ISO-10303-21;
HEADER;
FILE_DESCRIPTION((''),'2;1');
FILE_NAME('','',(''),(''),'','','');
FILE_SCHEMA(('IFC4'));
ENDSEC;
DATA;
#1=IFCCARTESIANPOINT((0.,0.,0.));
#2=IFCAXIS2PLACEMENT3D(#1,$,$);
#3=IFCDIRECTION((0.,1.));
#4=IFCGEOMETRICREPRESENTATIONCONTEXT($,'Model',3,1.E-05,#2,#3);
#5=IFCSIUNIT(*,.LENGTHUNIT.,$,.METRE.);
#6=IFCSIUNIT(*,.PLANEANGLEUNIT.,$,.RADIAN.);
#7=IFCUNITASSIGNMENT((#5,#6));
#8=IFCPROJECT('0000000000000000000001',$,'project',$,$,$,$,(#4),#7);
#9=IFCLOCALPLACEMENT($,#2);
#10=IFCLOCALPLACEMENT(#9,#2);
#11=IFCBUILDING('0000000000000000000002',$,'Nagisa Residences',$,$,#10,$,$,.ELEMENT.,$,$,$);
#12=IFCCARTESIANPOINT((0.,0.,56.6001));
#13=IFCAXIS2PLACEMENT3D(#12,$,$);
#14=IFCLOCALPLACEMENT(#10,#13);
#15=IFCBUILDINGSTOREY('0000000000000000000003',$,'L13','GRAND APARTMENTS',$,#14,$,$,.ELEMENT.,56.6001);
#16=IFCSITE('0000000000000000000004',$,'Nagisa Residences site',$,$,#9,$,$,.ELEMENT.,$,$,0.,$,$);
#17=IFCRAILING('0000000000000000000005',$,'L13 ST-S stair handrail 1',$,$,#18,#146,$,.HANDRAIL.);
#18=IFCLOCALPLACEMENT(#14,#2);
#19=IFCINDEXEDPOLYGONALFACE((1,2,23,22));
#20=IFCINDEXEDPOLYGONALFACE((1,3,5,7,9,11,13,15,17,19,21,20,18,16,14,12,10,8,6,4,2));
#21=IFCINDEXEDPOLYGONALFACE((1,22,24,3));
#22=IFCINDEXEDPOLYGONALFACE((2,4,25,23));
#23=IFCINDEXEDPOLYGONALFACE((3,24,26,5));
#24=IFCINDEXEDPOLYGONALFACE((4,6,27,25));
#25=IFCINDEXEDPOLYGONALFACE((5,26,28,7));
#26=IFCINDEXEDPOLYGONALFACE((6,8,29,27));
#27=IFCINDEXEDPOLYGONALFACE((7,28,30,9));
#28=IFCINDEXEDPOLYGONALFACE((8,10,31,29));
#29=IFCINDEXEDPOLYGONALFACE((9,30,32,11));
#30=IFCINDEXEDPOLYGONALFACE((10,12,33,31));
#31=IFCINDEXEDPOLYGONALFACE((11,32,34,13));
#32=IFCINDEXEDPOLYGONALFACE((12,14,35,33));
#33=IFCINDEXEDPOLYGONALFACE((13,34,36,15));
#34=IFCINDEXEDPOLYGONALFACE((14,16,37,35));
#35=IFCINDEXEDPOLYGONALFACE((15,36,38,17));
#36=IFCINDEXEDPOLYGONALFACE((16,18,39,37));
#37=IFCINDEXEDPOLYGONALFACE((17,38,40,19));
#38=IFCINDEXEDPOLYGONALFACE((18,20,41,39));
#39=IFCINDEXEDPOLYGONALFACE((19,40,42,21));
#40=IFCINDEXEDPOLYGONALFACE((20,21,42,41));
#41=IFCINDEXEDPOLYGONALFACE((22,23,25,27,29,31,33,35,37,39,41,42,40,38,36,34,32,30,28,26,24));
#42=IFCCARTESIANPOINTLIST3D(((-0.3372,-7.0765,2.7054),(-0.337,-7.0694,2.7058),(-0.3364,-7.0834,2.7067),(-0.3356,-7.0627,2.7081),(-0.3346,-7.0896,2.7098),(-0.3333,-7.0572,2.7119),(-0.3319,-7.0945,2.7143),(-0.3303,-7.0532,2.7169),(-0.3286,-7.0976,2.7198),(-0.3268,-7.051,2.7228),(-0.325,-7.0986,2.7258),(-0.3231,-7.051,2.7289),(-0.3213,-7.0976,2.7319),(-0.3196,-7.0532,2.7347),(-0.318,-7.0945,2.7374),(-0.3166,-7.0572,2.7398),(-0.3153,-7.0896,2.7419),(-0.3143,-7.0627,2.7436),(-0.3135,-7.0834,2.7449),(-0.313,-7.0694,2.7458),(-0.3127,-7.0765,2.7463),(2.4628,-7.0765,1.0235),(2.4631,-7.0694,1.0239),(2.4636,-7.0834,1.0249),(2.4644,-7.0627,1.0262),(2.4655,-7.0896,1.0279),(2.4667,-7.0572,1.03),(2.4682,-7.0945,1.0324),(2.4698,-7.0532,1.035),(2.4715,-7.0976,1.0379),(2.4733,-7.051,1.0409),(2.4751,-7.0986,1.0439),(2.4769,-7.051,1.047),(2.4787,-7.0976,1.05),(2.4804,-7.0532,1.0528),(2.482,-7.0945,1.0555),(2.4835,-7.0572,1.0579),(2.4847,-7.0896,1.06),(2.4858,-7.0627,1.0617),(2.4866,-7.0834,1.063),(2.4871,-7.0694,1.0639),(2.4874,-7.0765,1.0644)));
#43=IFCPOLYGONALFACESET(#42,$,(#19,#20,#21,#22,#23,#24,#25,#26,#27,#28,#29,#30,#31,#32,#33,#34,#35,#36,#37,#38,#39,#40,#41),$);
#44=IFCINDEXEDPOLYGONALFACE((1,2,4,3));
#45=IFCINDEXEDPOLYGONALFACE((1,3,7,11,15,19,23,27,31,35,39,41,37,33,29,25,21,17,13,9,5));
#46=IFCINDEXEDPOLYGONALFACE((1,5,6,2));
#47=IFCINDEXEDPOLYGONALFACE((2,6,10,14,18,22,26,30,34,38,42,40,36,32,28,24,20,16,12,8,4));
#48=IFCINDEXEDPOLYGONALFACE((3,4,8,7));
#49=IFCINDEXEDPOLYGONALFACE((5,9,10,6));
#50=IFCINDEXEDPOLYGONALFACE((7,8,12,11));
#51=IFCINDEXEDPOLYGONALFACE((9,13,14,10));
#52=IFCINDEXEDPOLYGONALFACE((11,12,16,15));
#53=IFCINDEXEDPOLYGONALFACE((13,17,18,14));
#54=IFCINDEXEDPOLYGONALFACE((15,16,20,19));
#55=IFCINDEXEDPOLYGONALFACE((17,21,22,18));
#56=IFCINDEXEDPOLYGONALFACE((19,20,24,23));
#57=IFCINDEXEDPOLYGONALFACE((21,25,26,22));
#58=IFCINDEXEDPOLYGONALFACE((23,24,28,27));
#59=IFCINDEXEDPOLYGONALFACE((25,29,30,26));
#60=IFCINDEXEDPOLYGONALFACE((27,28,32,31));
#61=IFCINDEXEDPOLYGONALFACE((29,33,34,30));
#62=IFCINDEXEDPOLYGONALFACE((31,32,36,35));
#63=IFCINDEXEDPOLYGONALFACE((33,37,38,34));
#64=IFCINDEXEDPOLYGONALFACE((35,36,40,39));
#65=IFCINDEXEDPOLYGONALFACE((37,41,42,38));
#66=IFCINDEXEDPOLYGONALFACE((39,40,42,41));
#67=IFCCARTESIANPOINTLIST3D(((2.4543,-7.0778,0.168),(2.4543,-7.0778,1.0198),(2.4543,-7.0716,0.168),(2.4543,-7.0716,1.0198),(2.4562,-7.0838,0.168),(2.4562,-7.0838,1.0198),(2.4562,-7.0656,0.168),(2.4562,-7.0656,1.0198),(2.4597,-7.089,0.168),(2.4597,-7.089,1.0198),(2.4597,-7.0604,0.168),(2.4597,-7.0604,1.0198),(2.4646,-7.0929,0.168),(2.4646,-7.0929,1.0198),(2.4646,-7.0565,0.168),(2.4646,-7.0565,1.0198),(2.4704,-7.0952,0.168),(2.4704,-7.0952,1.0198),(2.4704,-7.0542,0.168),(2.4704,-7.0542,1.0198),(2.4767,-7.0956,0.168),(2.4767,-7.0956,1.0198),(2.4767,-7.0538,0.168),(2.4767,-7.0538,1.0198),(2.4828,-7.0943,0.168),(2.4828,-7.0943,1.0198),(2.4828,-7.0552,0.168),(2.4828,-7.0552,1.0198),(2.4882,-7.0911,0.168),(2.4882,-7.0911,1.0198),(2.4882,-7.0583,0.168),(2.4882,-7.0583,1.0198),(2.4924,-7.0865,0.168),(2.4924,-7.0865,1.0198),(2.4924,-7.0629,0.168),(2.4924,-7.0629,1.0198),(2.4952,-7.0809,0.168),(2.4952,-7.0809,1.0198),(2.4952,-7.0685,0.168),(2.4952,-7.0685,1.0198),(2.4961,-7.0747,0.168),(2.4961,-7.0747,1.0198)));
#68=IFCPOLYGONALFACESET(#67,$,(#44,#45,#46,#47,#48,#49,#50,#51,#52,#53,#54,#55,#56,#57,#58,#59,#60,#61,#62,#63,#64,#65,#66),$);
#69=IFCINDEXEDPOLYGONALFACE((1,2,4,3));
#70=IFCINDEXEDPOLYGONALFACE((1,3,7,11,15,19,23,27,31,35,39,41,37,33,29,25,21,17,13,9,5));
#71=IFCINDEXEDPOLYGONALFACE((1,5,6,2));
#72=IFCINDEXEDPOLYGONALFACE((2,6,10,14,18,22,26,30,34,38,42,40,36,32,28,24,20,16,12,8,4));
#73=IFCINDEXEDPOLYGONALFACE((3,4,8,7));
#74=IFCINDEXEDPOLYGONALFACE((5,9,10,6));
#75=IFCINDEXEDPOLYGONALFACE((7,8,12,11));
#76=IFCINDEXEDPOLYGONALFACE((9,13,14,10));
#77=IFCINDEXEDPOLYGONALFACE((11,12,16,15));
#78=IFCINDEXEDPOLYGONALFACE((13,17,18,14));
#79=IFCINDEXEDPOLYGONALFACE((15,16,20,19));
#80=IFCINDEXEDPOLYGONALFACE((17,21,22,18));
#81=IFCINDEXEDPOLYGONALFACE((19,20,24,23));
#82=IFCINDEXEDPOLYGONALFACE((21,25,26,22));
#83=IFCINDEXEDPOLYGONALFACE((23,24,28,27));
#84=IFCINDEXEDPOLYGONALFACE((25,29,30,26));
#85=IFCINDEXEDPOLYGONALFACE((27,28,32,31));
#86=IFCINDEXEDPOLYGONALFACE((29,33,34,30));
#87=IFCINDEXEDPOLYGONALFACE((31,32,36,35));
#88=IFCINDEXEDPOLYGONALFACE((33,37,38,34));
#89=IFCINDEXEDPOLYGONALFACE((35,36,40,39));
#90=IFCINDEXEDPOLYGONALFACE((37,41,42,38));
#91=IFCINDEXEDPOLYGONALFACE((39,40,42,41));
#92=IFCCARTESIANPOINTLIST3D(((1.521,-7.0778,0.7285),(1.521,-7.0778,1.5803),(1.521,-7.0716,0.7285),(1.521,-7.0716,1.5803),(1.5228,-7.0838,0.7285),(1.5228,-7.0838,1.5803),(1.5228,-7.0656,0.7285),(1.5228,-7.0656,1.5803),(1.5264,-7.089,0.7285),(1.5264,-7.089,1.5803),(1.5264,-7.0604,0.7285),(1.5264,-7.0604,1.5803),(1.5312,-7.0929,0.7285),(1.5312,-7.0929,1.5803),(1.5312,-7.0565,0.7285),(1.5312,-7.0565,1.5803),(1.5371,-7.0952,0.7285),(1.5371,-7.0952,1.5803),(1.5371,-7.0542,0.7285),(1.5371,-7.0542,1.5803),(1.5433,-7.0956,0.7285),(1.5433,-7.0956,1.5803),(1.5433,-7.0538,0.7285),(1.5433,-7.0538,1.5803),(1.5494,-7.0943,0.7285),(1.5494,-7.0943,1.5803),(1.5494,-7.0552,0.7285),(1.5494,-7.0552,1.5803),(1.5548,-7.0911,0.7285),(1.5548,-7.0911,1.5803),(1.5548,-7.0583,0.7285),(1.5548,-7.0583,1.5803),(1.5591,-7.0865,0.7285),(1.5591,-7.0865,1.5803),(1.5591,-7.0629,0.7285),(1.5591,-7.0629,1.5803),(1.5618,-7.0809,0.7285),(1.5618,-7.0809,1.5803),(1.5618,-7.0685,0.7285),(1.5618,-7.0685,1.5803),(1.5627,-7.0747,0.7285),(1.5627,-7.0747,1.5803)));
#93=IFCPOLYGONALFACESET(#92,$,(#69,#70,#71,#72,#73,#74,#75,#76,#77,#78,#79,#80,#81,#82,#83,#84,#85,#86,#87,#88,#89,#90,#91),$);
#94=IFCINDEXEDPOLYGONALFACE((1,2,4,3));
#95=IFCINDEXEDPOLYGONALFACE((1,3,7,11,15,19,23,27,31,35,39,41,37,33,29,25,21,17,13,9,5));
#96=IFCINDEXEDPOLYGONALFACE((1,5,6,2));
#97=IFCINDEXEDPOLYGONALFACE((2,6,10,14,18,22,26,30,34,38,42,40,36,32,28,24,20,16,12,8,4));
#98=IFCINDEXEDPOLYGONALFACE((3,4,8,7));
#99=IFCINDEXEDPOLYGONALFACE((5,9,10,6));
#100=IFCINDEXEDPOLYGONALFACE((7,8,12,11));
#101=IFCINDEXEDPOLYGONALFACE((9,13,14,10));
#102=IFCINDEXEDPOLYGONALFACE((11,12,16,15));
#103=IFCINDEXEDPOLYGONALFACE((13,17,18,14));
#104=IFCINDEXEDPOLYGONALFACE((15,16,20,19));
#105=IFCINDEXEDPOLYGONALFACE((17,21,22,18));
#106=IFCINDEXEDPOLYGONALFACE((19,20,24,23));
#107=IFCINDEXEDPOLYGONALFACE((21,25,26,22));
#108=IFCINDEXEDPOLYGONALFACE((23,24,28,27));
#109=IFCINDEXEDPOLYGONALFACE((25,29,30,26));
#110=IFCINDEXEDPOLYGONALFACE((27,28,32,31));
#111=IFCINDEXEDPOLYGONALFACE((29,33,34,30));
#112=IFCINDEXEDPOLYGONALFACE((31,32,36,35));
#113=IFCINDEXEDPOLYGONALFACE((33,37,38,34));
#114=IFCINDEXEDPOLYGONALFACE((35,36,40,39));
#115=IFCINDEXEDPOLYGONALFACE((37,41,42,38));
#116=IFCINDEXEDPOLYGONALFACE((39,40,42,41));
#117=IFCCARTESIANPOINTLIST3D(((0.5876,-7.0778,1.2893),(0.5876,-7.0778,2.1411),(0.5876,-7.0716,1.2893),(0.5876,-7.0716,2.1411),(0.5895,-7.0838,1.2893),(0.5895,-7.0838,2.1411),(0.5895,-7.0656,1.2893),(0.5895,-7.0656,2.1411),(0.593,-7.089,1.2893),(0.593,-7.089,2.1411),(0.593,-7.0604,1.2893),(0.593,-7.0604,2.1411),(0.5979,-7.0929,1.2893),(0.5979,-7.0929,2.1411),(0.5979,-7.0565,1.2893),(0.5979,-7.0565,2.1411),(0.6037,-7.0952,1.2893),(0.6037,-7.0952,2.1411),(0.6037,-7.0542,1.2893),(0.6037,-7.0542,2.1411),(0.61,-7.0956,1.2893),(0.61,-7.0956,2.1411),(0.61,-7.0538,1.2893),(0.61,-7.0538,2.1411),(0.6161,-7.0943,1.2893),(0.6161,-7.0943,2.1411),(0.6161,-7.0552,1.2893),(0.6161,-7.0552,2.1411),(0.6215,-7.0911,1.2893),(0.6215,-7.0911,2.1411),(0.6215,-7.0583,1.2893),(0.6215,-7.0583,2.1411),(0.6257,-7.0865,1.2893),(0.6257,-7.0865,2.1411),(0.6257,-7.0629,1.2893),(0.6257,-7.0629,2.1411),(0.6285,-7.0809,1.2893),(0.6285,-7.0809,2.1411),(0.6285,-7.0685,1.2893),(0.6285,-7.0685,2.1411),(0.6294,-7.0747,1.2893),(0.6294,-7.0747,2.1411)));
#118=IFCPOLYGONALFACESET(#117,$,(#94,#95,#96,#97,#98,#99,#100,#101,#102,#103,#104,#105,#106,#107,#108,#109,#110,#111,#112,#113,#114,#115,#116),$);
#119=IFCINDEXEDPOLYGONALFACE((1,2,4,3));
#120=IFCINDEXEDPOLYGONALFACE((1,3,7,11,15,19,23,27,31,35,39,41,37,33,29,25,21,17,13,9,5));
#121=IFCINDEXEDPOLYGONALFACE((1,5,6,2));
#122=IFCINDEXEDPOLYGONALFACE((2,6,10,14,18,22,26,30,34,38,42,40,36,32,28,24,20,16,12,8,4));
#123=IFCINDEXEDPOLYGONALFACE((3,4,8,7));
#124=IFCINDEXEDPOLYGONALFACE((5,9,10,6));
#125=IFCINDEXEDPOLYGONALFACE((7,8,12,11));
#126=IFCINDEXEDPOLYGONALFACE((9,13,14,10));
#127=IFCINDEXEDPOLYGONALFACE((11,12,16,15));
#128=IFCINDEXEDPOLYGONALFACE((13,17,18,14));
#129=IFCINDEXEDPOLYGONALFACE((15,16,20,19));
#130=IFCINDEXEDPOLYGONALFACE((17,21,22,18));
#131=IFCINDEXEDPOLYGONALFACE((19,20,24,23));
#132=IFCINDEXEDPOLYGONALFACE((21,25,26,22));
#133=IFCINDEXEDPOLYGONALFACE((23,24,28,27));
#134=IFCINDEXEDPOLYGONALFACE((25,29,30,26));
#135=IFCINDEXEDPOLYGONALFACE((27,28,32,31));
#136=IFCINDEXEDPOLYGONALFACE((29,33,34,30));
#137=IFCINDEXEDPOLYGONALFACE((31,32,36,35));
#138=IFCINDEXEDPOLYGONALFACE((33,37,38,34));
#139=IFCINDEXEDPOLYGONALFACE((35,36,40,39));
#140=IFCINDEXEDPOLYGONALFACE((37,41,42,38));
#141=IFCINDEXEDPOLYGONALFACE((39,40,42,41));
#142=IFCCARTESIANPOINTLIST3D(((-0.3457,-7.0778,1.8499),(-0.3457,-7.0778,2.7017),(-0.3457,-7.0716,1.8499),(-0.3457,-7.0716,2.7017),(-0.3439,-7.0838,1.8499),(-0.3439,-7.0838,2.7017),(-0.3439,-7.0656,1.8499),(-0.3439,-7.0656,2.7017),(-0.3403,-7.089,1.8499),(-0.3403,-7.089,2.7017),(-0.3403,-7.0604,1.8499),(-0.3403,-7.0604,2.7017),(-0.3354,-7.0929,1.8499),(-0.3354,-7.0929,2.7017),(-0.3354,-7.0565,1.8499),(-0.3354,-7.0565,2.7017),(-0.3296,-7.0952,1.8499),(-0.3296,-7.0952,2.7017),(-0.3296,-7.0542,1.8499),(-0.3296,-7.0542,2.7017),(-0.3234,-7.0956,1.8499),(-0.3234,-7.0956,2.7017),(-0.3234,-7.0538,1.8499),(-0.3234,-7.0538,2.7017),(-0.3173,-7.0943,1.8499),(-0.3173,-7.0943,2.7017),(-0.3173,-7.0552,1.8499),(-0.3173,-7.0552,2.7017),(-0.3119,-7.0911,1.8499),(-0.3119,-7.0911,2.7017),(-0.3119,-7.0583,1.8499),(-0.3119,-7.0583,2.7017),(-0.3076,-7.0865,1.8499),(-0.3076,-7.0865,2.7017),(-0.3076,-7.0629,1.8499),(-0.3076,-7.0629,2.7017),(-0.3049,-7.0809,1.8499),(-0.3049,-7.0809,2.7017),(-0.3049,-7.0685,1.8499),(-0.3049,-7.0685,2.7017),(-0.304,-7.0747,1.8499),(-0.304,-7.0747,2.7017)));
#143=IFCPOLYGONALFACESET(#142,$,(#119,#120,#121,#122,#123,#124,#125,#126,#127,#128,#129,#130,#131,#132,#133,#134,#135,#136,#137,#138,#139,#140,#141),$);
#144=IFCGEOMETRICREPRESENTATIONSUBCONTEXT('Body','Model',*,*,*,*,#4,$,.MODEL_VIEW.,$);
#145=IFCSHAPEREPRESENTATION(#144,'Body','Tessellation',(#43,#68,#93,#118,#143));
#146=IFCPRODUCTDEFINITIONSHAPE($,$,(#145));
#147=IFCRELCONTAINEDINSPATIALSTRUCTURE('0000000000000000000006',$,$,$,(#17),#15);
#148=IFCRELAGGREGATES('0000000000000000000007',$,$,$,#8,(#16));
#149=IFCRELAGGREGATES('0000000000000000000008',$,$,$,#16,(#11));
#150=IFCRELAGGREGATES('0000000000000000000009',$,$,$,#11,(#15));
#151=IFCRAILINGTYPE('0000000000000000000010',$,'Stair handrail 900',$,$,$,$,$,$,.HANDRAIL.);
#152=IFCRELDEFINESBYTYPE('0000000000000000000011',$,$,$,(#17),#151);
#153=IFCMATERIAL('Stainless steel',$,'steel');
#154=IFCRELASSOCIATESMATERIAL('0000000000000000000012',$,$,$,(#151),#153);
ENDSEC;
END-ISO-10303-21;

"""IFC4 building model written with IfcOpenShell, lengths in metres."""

from ifc_helpers import new_model, si_unit, direction, frame, origin, origin_2d, place, context, subcontext, project, spatial, circle, extrude, material, type_object, element, save


model = new_model("IFC4")

# Units and contexts
model_context = context("Model", 3, precision=1e-05, world=origin(), true_north=direction((0.0, 1.0)))
body_context = subcontext(model_context, "Body", "Model", "MODEL_VIEW")
ifc_project = project(units=[si_unit("LENGTHUNIT", "METRE"), si_unit("PLANEANGLEUNIT", "RADIAN")], contexts=[model_context])

# Site, building, storey
site_placement = place(None, origin())
site = spatial("IfcSite", under=ifc_project, at=site_placement, Name="Nagisa Residences site", CompositionType="ELEMENT", RefElevation=0.0)
building_placement = place(site_placement, origin())
building = spatial("IfcBuilding", under=site, at=building_placement, Name="Nagisa Residences", CompositionType="ELEMENT")
storey_placement = place(building_placement, frame((0.0, 0.0, 56.6001)))
storey = spatial("IfcBuildingStorey", under=building, at=storey_placement, Name="L13", Description="GRAND APARTMENTS", CompositionType="ELEMENT", Elevation=56.6001)

# Railing
ifc_material_1 = material(Name="Stainless steel", Category="steel")
railing_type_1 = type_object("IfcRailingType", Name="Stair handrail 900", PredefinedType="HANDRAIL", material=ifc_material_1)
railing_1_placement = place(storey_placement, frame((2.4751, -7.0747, 0.168)))
element("IfcRailing", 1, at=railing_1_placement, inside=storey, type_object=railing_type_1, Name="L13 ST-S stair handrail 1", PredefinedType="HANDRAIL", context=body_context, shape_type="SweptSolid", body=[
    extrude(circle(Radius=0.0239, at=origin_2d()), frame((0.0, 0.0, 0.876), z_axis=(-0.857242, 0.0, 0.514913), x_axis=(0.0, -1.0, 0.0)), (0.0, 0.0, 1.0), 3.2664),
    extrude(circle(Radius=0.021, at=origin_2d()), origin(), (0.0, 0.0, 1.0), 0.8518),
    extrude(circle(Radius=0.021, at=origin_2d()), frame((-0.9333, 0.0, 0.5605)), (0.0, 0.0, 1.0), 0.8518),
    extrude(circle(Radius=0.021, at=origin_2d()), frame((-1.8667, 0.0, 1.1213)), (0.0, 0.0, 1.0), 0.8518),
    extrude(circle(Radius=0.021, at=origin_2d()), frame((-2.8, 0.0, 1.6819)), (0.0, 0.0, 1.0), 0.8518),
])

save(model, "model.ifc")
